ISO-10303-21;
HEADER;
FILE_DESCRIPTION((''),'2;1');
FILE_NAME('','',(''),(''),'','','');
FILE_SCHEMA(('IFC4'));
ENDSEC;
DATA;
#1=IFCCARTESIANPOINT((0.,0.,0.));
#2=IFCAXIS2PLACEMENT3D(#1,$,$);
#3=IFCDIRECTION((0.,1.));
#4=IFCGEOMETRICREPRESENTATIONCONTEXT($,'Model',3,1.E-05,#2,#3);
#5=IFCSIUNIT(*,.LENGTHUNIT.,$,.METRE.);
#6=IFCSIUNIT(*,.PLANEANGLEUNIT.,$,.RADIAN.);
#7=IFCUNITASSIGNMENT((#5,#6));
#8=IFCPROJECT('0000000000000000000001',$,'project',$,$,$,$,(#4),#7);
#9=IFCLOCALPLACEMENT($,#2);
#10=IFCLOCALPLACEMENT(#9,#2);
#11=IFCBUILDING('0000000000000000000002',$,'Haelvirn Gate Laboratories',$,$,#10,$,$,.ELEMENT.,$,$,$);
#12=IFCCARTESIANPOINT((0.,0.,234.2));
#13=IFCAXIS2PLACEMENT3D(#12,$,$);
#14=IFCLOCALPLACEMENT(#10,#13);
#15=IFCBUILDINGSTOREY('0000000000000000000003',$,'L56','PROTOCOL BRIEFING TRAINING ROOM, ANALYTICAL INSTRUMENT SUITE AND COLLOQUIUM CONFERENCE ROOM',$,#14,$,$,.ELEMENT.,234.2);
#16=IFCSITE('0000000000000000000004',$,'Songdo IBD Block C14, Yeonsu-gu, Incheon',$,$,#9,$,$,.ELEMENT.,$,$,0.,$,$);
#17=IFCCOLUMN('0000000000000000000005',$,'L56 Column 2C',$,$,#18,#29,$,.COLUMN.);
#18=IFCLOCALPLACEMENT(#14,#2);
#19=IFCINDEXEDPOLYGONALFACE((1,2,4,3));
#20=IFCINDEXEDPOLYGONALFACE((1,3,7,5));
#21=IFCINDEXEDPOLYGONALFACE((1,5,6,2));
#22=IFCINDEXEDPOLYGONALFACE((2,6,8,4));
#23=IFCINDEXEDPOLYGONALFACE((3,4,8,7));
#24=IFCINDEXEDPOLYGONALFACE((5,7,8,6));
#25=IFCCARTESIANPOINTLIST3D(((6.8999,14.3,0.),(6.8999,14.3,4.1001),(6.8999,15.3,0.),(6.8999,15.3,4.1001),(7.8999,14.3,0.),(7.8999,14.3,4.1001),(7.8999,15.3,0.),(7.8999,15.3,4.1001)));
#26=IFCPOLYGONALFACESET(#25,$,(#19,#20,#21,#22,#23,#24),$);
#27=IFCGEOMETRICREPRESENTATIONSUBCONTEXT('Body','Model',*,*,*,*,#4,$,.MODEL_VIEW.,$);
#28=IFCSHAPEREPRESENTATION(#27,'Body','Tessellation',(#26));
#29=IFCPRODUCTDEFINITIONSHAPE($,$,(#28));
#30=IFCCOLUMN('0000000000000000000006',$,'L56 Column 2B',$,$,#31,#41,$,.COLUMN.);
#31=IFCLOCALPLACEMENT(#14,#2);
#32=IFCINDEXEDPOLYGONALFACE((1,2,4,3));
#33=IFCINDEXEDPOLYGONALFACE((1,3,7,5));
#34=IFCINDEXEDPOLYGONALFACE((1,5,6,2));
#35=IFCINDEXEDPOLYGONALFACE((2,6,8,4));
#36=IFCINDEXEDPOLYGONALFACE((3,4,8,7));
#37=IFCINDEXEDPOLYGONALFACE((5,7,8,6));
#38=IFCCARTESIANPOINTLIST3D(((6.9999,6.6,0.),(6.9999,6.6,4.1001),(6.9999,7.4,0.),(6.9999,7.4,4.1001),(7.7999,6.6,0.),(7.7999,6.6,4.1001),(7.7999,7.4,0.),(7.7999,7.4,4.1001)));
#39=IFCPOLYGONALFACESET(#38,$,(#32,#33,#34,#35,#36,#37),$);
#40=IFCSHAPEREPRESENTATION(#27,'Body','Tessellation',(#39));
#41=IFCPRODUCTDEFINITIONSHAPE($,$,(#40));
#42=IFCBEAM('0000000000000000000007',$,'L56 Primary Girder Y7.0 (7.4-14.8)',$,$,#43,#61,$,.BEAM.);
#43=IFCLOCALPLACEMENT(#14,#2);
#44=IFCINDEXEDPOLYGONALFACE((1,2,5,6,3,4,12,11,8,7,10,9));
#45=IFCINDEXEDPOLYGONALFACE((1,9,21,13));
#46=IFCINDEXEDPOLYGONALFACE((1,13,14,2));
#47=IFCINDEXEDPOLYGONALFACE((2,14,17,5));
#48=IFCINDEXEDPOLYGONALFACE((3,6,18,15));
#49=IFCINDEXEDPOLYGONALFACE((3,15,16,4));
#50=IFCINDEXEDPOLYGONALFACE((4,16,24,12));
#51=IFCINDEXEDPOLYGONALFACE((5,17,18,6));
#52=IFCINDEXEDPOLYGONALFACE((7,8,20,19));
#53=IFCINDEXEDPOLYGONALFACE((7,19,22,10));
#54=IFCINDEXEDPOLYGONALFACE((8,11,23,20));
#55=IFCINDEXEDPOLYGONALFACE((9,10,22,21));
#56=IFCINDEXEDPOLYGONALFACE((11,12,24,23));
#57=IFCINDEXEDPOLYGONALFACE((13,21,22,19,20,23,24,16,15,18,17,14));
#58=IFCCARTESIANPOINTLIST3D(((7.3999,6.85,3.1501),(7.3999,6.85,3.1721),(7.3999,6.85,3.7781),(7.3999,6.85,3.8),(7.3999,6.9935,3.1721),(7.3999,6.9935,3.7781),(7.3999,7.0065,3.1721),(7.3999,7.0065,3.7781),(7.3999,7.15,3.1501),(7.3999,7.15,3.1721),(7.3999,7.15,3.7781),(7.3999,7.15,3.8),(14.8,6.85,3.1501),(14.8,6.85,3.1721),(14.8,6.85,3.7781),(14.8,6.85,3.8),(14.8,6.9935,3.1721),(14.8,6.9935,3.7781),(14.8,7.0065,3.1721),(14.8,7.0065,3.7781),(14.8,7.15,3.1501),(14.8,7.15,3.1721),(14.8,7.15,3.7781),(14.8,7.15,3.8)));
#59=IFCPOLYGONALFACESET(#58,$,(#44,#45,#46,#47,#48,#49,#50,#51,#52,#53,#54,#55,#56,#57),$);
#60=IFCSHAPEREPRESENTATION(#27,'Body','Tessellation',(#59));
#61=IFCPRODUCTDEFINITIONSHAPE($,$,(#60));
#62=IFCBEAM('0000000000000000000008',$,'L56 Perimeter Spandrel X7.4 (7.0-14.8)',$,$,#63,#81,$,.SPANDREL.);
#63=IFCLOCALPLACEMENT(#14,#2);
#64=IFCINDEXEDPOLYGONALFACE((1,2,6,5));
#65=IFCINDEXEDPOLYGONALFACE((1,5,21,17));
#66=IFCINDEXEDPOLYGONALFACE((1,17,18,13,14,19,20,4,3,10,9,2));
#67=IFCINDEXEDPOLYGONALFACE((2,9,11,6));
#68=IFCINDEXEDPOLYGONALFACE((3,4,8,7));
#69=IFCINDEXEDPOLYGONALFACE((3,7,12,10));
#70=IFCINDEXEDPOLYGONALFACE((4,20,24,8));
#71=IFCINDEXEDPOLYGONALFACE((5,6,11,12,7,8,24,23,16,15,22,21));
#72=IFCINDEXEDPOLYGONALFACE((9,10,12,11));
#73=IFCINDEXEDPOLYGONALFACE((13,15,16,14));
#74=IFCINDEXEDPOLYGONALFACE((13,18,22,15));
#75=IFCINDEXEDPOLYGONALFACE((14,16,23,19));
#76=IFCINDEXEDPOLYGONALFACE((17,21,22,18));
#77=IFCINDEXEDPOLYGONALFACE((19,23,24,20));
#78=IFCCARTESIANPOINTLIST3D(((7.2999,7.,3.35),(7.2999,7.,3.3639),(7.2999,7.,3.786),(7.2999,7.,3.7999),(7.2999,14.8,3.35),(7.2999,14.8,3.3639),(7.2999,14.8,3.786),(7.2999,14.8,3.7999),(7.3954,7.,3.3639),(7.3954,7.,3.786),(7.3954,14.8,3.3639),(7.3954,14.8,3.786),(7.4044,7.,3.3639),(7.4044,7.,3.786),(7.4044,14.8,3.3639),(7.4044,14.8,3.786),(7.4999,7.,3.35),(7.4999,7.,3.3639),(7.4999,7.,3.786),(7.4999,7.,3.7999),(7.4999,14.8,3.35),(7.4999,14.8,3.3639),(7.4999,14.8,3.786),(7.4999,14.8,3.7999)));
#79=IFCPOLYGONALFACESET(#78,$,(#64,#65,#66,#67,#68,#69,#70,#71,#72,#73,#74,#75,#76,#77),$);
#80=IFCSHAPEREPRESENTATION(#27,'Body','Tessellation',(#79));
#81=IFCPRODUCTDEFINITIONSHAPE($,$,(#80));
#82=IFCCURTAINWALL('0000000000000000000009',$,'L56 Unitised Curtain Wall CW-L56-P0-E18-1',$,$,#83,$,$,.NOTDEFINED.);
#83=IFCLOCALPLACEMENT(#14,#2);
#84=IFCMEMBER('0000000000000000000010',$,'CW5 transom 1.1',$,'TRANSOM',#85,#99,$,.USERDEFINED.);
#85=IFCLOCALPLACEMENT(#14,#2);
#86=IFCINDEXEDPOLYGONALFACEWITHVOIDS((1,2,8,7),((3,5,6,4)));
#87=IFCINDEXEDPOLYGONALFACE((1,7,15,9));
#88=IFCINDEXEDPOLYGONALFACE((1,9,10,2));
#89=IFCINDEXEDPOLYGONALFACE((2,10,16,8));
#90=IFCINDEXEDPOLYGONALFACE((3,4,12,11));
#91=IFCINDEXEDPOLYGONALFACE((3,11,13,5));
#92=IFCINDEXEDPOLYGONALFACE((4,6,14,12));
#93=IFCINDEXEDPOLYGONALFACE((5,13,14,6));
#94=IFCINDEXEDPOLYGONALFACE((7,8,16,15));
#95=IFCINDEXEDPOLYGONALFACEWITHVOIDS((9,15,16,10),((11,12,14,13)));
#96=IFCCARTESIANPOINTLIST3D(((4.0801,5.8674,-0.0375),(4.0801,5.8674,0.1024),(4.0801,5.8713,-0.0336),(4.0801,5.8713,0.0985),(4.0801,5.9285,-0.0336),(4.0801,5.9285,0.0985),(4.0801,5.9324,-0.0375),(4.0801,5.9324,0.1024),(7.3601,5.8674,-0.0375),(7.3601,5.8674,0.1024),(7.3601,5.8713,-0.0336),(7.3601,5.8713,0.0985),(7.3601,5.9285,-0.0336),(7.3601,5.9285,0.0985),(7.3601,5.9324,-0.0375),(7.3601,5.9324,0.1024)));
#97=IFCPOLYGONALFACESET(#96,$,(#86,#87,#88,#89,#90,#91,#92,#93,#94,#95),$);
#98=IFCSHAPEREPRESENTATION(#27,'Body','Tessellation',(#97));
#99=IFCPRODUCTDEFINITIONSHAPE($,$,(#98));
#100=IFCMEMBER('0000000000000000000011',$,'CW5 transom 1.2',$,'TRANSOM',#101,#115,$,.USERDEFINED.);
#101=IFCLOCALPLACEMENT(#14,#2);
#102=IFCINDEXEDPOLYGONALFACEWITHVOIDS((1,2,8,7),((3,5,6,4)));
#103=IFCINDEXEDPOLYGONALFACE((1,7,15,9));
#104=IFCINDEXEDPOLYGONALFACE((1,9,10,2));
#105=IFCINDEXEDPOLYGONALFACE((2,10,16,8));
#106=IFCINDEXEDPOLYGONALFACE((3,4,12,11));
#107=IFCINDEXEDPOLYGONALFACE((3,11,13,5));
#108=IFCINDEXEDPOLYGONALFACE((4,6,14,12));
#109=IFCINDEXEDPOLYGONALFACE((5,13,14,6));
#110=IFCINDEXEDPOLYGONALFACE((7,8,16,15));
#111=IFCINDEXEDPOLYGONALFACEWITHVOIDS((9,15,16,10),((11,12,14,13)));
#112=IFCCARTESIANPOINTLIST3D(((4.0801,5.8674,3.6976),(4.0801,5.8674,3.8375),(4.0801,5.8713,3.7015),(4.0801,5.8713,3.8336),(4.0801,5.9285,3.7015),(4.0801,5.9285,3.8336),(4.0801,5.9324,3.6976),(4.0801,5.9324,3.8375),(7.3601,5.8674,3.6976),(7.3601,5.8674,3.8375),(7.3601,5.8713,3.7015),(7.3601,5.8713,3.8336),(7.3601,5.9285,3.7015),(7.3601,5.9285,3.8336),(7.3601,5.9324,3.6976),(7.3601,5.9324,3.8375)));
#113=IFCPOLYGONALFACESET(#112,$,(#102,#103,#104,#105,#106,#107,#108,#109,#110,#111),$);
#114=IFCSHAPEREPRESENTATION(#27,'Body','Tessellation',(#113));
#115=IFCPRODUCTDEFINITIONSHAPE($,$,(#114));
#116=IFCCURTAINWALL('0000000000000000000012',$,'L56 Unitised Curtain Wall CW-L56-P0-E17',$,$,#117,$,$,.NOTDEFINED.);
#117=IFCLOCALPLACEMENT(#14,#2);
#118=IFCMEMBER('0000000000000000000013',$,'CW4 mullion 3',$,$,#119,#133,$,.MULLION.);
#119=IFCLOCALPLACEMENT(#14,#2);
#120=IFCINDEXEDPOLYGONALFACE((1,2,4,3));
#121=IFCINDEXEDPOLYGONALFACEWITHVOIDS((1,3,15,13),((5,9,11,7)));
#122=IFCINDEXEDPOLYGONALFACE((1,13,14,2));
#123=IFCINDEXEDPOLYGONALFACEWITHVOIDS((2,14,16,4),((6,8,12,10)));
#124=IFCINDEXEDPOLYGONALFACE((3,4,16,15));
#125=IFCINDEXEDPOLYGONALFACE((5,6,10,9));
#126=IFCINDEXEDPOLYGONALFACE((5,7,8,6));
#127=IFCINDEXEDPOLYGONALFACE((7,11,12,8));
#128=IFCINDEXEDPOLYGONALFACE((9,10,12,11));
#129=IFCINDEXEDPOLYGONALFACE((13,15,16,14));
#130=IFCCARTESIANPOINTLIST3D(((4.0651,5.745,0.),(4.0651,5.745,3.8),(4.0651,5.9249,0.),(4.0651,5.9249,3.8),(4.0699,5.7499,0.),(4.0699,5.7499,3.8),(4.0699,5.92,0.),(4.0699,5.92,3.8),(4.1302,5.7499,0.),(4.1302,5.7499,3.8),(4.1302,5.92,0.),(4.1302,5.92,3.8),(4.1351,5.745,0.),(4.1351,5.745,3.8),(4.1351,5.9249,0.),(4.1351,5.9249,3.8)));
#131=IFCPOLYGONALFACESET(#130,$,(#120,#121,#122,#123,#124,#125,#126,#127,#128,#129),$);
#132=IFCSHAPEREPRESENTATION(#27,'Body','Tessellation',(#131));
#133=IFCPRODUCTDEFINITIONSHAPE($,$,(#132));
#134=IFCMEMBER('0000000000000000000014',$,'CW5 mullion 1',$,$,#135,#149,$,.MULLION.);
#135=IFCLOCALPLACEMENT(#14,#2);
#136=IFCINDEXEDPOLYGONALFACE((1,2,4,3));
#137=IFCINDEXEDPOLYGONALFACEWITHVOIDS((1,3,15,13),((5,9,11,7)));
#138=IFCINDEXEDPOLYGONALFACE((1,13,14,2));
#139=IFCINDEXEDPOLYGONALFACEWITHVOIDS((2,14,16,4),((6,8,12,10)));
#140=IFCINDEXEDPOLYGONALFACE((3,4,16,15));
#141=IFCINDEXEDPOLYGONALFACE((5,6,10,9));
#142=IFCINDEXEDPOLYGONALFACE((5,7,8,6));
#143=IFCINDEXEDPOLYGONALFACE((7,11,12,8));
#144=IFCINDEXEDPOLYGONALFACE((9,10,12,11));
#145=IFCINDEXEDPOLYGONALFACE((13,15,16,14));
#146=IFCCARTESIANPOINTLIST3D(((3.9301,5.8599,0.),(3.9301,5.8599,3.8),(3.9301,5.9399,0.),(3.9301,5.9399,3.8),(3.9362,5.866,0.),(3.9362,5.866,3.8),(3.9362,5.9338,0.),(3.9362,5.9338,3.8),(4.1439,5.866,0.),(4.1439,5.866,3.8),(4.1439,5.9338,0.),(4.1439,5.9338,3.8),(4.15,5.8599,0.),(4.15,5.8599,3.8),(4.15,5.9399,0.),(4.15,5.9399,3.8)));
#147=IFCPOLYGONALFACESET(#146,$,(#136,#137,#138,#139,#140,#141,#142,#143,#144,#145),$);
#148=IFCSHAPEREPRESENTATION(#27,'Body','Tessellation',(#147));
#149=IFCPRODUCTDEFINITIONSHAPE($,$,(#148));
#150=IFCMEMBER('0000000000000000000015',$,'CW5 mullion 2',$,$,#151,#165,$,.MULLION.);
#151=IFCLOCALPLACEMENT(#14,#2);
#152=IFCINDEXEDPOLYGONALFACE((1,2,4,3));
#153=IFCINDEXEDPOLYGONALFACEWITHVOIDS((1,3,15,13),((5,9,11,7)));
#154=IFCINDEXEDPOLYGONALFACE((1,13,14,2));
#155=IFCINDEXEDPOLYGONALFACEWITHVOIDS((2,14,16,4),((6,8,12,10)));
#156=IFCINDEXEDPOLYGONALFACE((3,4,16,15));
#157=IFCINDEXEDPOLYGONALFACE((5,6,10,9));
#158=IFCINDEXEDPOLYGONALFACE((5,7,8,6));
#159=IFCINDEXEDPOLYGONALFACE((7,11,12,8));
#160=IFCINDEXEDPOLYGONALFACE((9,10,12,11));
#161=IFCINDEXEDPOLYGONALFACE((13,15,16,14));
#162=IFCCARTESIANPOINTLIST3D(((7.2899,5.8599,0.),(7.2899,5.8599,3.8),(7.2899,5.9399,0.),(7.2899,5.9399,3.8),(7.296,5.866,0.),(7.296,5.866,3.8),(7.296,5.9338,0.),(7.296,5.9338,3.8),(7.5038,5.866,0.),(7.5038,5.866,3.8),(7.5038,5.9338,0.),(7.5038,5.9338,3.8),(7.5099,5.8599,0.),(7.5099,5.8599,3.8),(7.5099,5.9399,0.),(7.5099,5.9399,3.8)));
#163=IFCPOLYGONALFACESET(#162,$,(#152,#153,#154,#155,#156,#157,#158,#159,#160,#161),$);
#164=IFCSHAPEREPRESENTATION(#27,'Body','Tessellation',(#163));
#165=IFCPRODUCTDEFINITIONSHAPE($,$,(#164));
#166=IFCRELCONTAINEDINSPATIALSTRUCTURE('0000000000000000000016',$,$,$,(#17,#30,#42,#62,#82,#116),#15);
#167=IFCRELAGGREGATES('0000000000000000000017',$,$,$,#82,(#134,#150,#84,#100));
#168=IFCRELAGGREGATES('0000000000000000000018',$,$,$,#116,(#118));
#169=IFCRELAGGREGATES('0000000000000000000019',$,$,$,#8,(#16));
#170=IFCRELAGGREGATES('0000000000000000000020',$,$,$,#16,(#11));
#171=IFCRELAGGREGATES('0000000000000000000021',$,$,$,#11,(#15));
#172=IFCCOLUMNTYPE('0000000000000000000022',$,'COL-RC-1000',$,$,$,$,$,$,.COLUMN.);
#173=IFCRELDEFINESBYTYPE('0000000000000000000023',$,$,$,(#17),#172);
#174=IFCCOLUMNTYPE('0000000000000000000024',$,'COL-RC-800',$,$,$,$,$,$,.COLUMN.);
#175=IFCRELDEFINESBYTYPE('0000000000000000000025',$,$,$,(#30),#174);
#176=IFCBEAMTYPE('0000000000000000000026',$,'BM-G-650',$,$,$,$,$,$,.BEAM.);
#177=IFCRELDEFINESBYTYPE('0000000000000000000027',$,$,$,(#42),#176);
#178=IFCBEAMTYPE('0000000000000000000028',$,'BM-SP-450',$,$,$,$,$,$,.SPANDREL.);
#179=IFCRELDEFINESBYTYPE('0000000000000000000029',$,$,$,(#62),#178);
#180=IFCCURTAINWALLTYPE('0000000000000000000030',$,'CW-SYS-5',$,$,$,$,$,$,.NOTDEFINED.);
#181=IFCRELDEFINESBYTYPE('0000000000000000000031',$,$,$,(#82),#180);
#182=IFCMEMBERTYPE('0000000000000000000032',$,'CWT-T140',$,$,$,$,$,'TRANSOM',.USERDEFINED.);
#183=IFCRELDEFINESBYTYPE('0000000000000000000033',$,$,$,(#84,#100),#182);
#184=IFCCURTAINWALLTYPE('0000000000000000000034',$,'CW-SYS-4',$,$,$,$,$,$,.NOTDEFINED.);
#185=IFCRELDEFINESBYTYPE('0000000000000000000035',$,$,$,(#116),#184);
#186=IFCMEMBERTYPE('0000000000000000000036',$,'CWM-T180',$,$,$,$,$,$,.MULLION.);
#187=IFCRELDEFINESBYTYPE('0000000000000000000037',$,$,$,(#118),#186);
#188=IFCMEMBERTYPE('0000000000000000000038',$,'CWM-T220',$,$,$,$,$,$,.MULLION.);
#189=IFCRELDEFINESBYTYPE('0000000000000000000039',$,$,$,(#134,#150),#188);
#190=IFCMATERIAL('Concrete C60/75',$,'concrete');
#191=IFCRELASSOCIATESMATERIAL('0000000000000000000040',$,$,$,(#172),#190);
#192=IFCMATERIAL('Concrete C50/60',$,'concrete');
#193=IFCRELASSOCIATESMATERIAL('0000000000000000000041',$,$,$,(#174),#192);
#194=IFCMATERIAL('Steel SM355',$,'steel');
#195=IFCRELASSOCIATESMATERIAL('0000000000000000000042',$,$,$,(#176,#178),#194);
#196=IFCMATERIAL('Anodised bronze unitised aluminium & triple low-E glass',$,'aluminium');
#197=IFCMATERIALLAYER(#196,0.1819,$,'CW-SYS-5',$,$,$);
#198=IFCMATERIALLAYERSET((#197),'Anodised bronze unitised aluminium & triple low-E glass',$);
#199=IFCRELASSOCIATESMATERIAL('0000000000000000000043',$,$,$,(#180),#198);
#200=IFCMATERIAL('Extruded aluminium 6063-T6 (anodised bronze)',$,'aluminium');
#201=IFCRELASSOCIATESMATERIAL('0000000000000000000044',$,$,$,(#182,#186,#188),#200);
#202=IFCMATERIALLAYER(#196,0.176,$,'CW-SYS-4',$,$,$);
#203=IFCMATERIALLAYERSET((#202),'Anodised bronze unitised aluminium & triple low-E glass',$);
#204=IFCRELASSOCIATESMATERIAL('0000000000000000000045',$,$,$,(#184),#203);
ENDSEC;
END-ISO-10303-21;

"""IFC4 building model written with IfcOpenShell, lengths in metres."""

from ifc_helpers import new_model, si_unit, direction, frame, origin, origin_2d, place, context, subcontext, project, spatial, rectangle, hollow_rectangle, i_section, extrude, source, transform, mapped, material, layer, layer_set, material_profile, profile_set, type_object, type_shapes, element, aggregate, save


model = new_model("IFC4")

# Units and contexts
model_context = context("Model", 3, precision=1e-05, world=origin(), true_north=direction((0.0, 1.0)))
body_context = subcontext(model_context, "Body", "Model", "MODEL_VIEW")
ifc_project = project(units=[si_unit("LENGTHUNIT", "METRE"), si_unit("PLANEANGLEUNIT", "RADIAN")], contexts=[model_context])

# Site, building, storey
site_placement = place(None, origin())
site = spatial("IfcSite", under=ifc_project, at=site_placement, Name="Songdo IBD Block C14, Yeonsu-gu, Incheon", CompositionType="ELEMENT", RefElevation=0.0)
building_placement = place(site_placement, origin())
building = spatial("IfcBuilding", under=site, at=building_placement, Name="Haelvirn Gate Laboratories", CompositionType="ELEMENT")
storey_placement = place(building_placement, frame((0.0, 0.0, 234.2)))
storey = spatial("IfcBuildingStorey", under=building, at=storey_placement, Name="L56", Description="PROTOCOL BRIEFING TRAINING ROOM, ANALYTICAL INSTRUMENT SUITE AND COLLOQUIUM CONFERENCE ROOM", CompositionType="ELEMENT", Elevation=234.2)

# Columns
ifc_material_1 = material(Name="Concrete C60/75", Category="concrete")
ifc_material_profile_1 = material_profile(ifc_material_1, rectangle(XDim=1.0, YDim=1.0, at=origin_2d()), Name="RC-1000x1000")
ifc_profile_set_1 = profile_set([ifc_material_profile_1], Name="Concrete C60/75")
column_type_1 = type_object("IfcColumnType", Name="COL-RC-1000", PredefinedType="COLUMN", material=ifc_profile_set_1)
shared_shape_1 = source(origin(), body_context, "Body", "SweptSolid", [
    extrude(rectangle(XDim=1.0, YDim=1.0, at=origin_2d()), origin(), (0.0, 0.0, 1.0), 4.1001),
])
type_shapes(column_type_1, [shared_shape_1])
column_1_placement = place(storey_placement, frame((7.3999, 14.8, 0.0), z_axis=(0.0, 0.0, 1.0), x_axis=(1.0, 0.0, 0.0)))
element("IfcColumn", 1, at=column_1_placement, inside=storey, type_object=column_type_1, Name="L56 Column 2C", PredefinedType="COLUMN", context=body_context, shape_type="MappedRepresentation", body=[
    mapped(shared_shape_1, transform((0.0, 0.0, 0.0), scale=1.0)),
])
ifc_material_2 = material(Name="Concrete C50/60", Category="concrete")
ifc_material_profile_2 = material_profile(ifc_material_2, rectangle(XDim=0.8, YDim=0.8, at=origin_2d()), Name="RC-800x800")
ifc_profile_set_2 = profile_set([ifc_material_profile_2], Name="Concrete C50/60")
column_type_2 = type_object("IfcColumnType", Name="COL-RC-800", PredefinedType="COLUMN", material=ifc_profile_set_2)
shared_shape_2 = source(origin(), body_context, "Body", "SweptSolid", [
    extrude(rectangle(XDim=0.8, YDim=0.8, at=origin_2d()), origin(), (0.0, 0.0, 1.0), 4.1001),
])
type_shapes(column_type_2, [shared_shape_2])
column_2_placement = place(storey_placement, frame((7.3999, 7.0, 0.0), z_axis=(0.0, 0.0, 1.0), x_axis=(1.0, 0.0, 0.0)))
element("IfcColumn", 2, at=column_2_placement, inside=storey, type_object=column_type_2, Name="L56 Column 2B", PredefinedType="COLUMN", context=body_context, shape_type="MappedRepresentation", body=[
    mapped(shared_shape_2, transform((0.0, 0.0, 0.0), scale=1.0)),
])

# Beams
ifc_material_3 = material(Name="Steel SM355", Category="steel")
ifc_material_profile_3 = material_profile(ifc_material_3, i_section(OverallWidth=0.3, OverallDepth=0.6499, WebThickness=0.0129, FlangeThickness=0.022, at=origin_2d()), Name="H-650x300x13x22")
ifc_profile_set_3 = profile_set([ifc_material_profile_3], Name="Steel SM355")
beam_type_1 = type_object("IfcBeamType", Name="BM-G-650", PredefinedType="BEAM", material=ifc_profile_set_3)
shared_shape_3 = source(origin(), body_context, "Body", "SweptSolid", [
    extrude(i_section(OverallWidth=0.3, OverallDepth=0.6499, WebThickness=0.0129, FlangeThickness=0.022, at=origin_2d()), origin(), (0.0, 0.0, 1.0), 7.4001),
])
type_shapes(beam_type_1, [shared_shape_3])
beam_1_placement = place(storey_placement, frame((7.3999, 7.0, 3.4751), z_axis=(1.0, 0.0, 0.0), x_axis=(0.0, 1.0, 0.0)))
element("IfcBeam", 3, at=beam_1_placement, inside=storey, type_object=beam_type_1, Name="L56 Primary Girder Y7.0 (7.4-14.8)", PredefinedType="BEAM", context=body_context, shape_type="MappedRepresentation", body=[
    mapped(shared_shape_3, transform((0.0, 0.0, 0.0), scale=1.0)),
])
ifc_material_profile_4 = material_profile(ifc_material_3, i_section(OverallWidth=0.2, OverallDepth=0.45, WebThickness=0.009, FlangeThickness=0.0139, at=origin_2d()), Name="H-450x200x9x14")
ifc_profile_set_4 = profile_set([ifc_material_profile_4], Name="Steel SM355")
beam_type_2 = type_object("IfcBeamType", Name="BM-SP-450", PredefinedType="SPANDREL", material=ifc_profile_set_4)
shared_shape_4 = source(origin(), body_context, "Body", "SweptSolid", [
    extrude(i_section(OverallWidth=0.2, OverallDepth=0.45, WebThickness=0.009, FlangeThickness=0.0139, at=origin_2d()), origin(), (0.0, 0.0, 1.0), 7.8),
])
type_shapes(beam_type_2, [shared_shape_4])
beam_2_placement = place(storey_placement, frame((7.3999, 7.0, 3.575), z_axis=(0.0, 1.0, 0.0), x_axis=(-1.0, 0.0, 0.0)))
element("IfcBeam", 4, at=beam_2_placement, inside=storey, type_object=beam_type_2, Name="L56 Perimeter Spandrel X7.4 (7.0-14.8)", PredefinedType="SPANDREL", context=body_context, shape_type="MappedRepresentation", body=[
    mapped(shared_shape_4, transform((0.0, 0.0, 0.0), scale=1.0)),
])

# Curtain wall, members
ifc_material_4 = material(Name="Anodised bronze unitised aluminium & triple low-E glass", Category="aluminium")
ifc_layer_1 = layer(ifc_material_4, 0.1819, Name="CW-SYS-5")
ifc_layer_set_1 = layer_set([ifc_layer_1], Name="Anodised bronze unitised aluminium & triple low-E glass")
curtain_wall_type_1 = type_object("IfcCurtainWallType", Name="CW-SYS-5", PredefinedType="NOTDEFINED", material=ifc_layer_set_1)
curtain_wall_1_placement = place(storey_placement, origin())
curtain_wall_1 = element("IfcCurtainWall", 5, at=curtain_wall_1_placement, inside=storey, type_object=curtain_wall_type_1, Name="L56 Unitised Curtain Wall CW-L56-P0-E18-1", PredefinedType="NOTDEFINED")
ifc_material_5 = material(Name="Extruded aluminium 6063-T6 (anodised bronze)", Category="aluminium")
ifc_material_profile_5 = material_profile(ifc_material_5, hollow_rectangle(XDim=0.0649, YDim=0.1399, WallThickness=0.0039, at=origin_2d()), Name="CWT-140x65x4")
ifc_profile_set_5 = profile_set([ifc_material_profile_5], Name="Extruded aluminium 6063-T6 (anodised bronze)")
member_type_1 = type_object("IfcMemberType", Name="CWT-T140", ElementType="TRANSOM", PredefinedType="USERDEFINED", material=ifc_profile_set_5)
shared_shape_5 = source(origin(), body_context, "Body", "SweptSolid", [
    extrude(hollow_rectangle(XDim=0.0649, YDim=0.1399, WallThickness=0.0039, at=origin_2d()), origin(), (0.0, 0.0, 1.0), 3.28),
])
type_shapes(member_type_1, [shared_shape_5])
member_1_placement = place(storey_placement, frame((4.0801, 5.8999, 0.0325), z_axis=(1.0, 0.0, 0.0), x_axis=(0.0, 1.0, 0.0)))
member_1 = element("IfcMember", 6, at=member_1_placement, type_object=member_type_1, Name="CW5 transom 1.1", ObjectType="TRANSOM", PredefinedType="USERDEFINED", context=body_context, shape_type="MappedRepresentation", body=[
    mapped(shared_shape_5, transform((0.0, 0.0, 0.0), scale=1.0)),
])
member_2_placement = place(storey_placement, frame((4.0801, 5.8999, 3.7676), z_axis=(1.0, 0.0, 0.0), x_axis=(0.0, 1.0, 0.0)))
member_2 = element("IfcMember", 7, at=member_2_placement, type_object=member_type_1, Name="CW5 transom 1.2", ObjectType="TRANSOM", PredefinedType="USERDEFINED", context=body_context, shape_type="MappedRepresentation", body=[
    mapped(shared_shape_5, transform((0.0, 0.0, 0.0), scale=1.0)),
])

# Curtain wall, member
ifc_layer_2 = layer(ifc_material_4, 0.176, Name="CW-SYS-4")
ifc_layer_set_2 = layer_set([ifc_layer_2], Name="Anodised bronze unitised aluminium & triple low-E glass")
curtain_wall_type_2 = type_object("IfcCurtainWallType", Name="CW-SYS-4", PredefinedType="NOTDEFINED", material=ifc_layer_set_2)
curtain_wall_2_placement = place(storey_placement, origin())
curtain_wall_2 = element("IfcCurtainWall", 8, at=curtain_wall_2_placement, inside=storey, type_object=curtain_wall_type_2, Name="L56 Unitised Curtain Wall CW-L56-P0-E17", PredefinedType="NOTDEFINED")
ifc_material_profile_6 = material_profile(ifc_material_5, hollow_rectangle(XDim=0.0701, YDim=0.1799, WallThickness=0.0049, at=origin_2d()), Name="CWM-180x70x5")
ifc_profile_set_6 = profile_set([ifc_material_profile_6], Name="Extruded aluminium 6063-T6 (anodised bronze)")
member_type_2 = type_object("IfcMemberType", Name="CWM-T180", PredefinedType="MULLION", material=ifc_profile_set_6)
shared_shape_6 = source(origin(), body_context, "Body", "SweptSolid", [
    extrude(hollow_rectangle(XDim=0.0701, YDim=0.1799, WallThickness=0.0049, at=origin_2d()), origin(), (0.0, 0.0, 1.0), 3.8),
])
type_shapes(member_type_2, [shared_shape_6])
member_3_placement = place(storey_placement, frame((4.1001, 5.835, 0.0), z_axis=(0.0, 0.0, 1.0), x_axis=(1.0, 0.0, 0.0)))
member_3 = element("IfcMember", 9, at=member_3_placement, type_object=member_type_2, Name="CW4 mullion 3", PredefinedType="MULLION", context=body_context, shape_type="MappedRepresentation", body=[
    mapped(shared_shape_6, transform((0.0, 0.0, 0.0), scale=1.0)),
])

# Members
ifc_material_profile_7 = material_profile(ifc_material_5, hollow_rectangle(XDim=0.0801, YDim=0.22, WallThickness=0.0061, at=origin_2d()), Name="CWM-220x80x6")
ifc_profile_set_7 = profile_set([ifc_material_profile_7], Name="Extruded aluminium 6063-T6 (anodised bronze)")
member_type_3 = type_object("IfcMemberType", Name="CWM-T220", PredefinedType="MULLION", material=ifc_profile_set_7)
shared_shape_7 = source(origin(), body_context, "Body", "SweptSolid", [
    extrude(hollow_rectangle(XDim=0.0801, YDim=0.22, WallThickness=0.0061, at=origin_2d()), origin(), (0.0, 0.0, 1.0), 3.8),
])
type_shapes(member_type_3, [shared_shape_7])
member_4_placement = place(storey_placement, frame((4.04, 5.8999, 0.0), z_axis=(0.0, 0.0, 1.0), x_axis=(0.0, 1.0, 0.0)))
member_4 = element("IfcMember", 10, at=member_4_placement, type_object=member_type_3, Name="CW5 mullion 1", PredefinedType="MULLION", context=body_context, shape_type="MappedRepresentation", body=[
    mapped(shared_shape_7, transform((0.0, 0.0, 0.0), scale=1.0)),
])
member_5_placement = place(storey_placement, frame((7.3999, 5.8999, 0.0), z_axis=(0.0, 0.0, 1.0), x_axis=(0.0, 1.0, 0.0)))
member_5 = element("IfcMember", 11, at=member_5_placement, type_object=member_type_3, Name="CW5 mullion 2", PredefinedType="MULLION", context=body_context, shape_type="MappedRepresentation", body=[
    mapped(shared_shape_7, transform((0.0, 0.0, 0.0), scale=1.0)),
])

aggregate(curtain_wall_1, [member_4, member_5, member_1, member_2])
aggregate(curtain_wall_2, [member_3])

save(model, "model.ifc")
